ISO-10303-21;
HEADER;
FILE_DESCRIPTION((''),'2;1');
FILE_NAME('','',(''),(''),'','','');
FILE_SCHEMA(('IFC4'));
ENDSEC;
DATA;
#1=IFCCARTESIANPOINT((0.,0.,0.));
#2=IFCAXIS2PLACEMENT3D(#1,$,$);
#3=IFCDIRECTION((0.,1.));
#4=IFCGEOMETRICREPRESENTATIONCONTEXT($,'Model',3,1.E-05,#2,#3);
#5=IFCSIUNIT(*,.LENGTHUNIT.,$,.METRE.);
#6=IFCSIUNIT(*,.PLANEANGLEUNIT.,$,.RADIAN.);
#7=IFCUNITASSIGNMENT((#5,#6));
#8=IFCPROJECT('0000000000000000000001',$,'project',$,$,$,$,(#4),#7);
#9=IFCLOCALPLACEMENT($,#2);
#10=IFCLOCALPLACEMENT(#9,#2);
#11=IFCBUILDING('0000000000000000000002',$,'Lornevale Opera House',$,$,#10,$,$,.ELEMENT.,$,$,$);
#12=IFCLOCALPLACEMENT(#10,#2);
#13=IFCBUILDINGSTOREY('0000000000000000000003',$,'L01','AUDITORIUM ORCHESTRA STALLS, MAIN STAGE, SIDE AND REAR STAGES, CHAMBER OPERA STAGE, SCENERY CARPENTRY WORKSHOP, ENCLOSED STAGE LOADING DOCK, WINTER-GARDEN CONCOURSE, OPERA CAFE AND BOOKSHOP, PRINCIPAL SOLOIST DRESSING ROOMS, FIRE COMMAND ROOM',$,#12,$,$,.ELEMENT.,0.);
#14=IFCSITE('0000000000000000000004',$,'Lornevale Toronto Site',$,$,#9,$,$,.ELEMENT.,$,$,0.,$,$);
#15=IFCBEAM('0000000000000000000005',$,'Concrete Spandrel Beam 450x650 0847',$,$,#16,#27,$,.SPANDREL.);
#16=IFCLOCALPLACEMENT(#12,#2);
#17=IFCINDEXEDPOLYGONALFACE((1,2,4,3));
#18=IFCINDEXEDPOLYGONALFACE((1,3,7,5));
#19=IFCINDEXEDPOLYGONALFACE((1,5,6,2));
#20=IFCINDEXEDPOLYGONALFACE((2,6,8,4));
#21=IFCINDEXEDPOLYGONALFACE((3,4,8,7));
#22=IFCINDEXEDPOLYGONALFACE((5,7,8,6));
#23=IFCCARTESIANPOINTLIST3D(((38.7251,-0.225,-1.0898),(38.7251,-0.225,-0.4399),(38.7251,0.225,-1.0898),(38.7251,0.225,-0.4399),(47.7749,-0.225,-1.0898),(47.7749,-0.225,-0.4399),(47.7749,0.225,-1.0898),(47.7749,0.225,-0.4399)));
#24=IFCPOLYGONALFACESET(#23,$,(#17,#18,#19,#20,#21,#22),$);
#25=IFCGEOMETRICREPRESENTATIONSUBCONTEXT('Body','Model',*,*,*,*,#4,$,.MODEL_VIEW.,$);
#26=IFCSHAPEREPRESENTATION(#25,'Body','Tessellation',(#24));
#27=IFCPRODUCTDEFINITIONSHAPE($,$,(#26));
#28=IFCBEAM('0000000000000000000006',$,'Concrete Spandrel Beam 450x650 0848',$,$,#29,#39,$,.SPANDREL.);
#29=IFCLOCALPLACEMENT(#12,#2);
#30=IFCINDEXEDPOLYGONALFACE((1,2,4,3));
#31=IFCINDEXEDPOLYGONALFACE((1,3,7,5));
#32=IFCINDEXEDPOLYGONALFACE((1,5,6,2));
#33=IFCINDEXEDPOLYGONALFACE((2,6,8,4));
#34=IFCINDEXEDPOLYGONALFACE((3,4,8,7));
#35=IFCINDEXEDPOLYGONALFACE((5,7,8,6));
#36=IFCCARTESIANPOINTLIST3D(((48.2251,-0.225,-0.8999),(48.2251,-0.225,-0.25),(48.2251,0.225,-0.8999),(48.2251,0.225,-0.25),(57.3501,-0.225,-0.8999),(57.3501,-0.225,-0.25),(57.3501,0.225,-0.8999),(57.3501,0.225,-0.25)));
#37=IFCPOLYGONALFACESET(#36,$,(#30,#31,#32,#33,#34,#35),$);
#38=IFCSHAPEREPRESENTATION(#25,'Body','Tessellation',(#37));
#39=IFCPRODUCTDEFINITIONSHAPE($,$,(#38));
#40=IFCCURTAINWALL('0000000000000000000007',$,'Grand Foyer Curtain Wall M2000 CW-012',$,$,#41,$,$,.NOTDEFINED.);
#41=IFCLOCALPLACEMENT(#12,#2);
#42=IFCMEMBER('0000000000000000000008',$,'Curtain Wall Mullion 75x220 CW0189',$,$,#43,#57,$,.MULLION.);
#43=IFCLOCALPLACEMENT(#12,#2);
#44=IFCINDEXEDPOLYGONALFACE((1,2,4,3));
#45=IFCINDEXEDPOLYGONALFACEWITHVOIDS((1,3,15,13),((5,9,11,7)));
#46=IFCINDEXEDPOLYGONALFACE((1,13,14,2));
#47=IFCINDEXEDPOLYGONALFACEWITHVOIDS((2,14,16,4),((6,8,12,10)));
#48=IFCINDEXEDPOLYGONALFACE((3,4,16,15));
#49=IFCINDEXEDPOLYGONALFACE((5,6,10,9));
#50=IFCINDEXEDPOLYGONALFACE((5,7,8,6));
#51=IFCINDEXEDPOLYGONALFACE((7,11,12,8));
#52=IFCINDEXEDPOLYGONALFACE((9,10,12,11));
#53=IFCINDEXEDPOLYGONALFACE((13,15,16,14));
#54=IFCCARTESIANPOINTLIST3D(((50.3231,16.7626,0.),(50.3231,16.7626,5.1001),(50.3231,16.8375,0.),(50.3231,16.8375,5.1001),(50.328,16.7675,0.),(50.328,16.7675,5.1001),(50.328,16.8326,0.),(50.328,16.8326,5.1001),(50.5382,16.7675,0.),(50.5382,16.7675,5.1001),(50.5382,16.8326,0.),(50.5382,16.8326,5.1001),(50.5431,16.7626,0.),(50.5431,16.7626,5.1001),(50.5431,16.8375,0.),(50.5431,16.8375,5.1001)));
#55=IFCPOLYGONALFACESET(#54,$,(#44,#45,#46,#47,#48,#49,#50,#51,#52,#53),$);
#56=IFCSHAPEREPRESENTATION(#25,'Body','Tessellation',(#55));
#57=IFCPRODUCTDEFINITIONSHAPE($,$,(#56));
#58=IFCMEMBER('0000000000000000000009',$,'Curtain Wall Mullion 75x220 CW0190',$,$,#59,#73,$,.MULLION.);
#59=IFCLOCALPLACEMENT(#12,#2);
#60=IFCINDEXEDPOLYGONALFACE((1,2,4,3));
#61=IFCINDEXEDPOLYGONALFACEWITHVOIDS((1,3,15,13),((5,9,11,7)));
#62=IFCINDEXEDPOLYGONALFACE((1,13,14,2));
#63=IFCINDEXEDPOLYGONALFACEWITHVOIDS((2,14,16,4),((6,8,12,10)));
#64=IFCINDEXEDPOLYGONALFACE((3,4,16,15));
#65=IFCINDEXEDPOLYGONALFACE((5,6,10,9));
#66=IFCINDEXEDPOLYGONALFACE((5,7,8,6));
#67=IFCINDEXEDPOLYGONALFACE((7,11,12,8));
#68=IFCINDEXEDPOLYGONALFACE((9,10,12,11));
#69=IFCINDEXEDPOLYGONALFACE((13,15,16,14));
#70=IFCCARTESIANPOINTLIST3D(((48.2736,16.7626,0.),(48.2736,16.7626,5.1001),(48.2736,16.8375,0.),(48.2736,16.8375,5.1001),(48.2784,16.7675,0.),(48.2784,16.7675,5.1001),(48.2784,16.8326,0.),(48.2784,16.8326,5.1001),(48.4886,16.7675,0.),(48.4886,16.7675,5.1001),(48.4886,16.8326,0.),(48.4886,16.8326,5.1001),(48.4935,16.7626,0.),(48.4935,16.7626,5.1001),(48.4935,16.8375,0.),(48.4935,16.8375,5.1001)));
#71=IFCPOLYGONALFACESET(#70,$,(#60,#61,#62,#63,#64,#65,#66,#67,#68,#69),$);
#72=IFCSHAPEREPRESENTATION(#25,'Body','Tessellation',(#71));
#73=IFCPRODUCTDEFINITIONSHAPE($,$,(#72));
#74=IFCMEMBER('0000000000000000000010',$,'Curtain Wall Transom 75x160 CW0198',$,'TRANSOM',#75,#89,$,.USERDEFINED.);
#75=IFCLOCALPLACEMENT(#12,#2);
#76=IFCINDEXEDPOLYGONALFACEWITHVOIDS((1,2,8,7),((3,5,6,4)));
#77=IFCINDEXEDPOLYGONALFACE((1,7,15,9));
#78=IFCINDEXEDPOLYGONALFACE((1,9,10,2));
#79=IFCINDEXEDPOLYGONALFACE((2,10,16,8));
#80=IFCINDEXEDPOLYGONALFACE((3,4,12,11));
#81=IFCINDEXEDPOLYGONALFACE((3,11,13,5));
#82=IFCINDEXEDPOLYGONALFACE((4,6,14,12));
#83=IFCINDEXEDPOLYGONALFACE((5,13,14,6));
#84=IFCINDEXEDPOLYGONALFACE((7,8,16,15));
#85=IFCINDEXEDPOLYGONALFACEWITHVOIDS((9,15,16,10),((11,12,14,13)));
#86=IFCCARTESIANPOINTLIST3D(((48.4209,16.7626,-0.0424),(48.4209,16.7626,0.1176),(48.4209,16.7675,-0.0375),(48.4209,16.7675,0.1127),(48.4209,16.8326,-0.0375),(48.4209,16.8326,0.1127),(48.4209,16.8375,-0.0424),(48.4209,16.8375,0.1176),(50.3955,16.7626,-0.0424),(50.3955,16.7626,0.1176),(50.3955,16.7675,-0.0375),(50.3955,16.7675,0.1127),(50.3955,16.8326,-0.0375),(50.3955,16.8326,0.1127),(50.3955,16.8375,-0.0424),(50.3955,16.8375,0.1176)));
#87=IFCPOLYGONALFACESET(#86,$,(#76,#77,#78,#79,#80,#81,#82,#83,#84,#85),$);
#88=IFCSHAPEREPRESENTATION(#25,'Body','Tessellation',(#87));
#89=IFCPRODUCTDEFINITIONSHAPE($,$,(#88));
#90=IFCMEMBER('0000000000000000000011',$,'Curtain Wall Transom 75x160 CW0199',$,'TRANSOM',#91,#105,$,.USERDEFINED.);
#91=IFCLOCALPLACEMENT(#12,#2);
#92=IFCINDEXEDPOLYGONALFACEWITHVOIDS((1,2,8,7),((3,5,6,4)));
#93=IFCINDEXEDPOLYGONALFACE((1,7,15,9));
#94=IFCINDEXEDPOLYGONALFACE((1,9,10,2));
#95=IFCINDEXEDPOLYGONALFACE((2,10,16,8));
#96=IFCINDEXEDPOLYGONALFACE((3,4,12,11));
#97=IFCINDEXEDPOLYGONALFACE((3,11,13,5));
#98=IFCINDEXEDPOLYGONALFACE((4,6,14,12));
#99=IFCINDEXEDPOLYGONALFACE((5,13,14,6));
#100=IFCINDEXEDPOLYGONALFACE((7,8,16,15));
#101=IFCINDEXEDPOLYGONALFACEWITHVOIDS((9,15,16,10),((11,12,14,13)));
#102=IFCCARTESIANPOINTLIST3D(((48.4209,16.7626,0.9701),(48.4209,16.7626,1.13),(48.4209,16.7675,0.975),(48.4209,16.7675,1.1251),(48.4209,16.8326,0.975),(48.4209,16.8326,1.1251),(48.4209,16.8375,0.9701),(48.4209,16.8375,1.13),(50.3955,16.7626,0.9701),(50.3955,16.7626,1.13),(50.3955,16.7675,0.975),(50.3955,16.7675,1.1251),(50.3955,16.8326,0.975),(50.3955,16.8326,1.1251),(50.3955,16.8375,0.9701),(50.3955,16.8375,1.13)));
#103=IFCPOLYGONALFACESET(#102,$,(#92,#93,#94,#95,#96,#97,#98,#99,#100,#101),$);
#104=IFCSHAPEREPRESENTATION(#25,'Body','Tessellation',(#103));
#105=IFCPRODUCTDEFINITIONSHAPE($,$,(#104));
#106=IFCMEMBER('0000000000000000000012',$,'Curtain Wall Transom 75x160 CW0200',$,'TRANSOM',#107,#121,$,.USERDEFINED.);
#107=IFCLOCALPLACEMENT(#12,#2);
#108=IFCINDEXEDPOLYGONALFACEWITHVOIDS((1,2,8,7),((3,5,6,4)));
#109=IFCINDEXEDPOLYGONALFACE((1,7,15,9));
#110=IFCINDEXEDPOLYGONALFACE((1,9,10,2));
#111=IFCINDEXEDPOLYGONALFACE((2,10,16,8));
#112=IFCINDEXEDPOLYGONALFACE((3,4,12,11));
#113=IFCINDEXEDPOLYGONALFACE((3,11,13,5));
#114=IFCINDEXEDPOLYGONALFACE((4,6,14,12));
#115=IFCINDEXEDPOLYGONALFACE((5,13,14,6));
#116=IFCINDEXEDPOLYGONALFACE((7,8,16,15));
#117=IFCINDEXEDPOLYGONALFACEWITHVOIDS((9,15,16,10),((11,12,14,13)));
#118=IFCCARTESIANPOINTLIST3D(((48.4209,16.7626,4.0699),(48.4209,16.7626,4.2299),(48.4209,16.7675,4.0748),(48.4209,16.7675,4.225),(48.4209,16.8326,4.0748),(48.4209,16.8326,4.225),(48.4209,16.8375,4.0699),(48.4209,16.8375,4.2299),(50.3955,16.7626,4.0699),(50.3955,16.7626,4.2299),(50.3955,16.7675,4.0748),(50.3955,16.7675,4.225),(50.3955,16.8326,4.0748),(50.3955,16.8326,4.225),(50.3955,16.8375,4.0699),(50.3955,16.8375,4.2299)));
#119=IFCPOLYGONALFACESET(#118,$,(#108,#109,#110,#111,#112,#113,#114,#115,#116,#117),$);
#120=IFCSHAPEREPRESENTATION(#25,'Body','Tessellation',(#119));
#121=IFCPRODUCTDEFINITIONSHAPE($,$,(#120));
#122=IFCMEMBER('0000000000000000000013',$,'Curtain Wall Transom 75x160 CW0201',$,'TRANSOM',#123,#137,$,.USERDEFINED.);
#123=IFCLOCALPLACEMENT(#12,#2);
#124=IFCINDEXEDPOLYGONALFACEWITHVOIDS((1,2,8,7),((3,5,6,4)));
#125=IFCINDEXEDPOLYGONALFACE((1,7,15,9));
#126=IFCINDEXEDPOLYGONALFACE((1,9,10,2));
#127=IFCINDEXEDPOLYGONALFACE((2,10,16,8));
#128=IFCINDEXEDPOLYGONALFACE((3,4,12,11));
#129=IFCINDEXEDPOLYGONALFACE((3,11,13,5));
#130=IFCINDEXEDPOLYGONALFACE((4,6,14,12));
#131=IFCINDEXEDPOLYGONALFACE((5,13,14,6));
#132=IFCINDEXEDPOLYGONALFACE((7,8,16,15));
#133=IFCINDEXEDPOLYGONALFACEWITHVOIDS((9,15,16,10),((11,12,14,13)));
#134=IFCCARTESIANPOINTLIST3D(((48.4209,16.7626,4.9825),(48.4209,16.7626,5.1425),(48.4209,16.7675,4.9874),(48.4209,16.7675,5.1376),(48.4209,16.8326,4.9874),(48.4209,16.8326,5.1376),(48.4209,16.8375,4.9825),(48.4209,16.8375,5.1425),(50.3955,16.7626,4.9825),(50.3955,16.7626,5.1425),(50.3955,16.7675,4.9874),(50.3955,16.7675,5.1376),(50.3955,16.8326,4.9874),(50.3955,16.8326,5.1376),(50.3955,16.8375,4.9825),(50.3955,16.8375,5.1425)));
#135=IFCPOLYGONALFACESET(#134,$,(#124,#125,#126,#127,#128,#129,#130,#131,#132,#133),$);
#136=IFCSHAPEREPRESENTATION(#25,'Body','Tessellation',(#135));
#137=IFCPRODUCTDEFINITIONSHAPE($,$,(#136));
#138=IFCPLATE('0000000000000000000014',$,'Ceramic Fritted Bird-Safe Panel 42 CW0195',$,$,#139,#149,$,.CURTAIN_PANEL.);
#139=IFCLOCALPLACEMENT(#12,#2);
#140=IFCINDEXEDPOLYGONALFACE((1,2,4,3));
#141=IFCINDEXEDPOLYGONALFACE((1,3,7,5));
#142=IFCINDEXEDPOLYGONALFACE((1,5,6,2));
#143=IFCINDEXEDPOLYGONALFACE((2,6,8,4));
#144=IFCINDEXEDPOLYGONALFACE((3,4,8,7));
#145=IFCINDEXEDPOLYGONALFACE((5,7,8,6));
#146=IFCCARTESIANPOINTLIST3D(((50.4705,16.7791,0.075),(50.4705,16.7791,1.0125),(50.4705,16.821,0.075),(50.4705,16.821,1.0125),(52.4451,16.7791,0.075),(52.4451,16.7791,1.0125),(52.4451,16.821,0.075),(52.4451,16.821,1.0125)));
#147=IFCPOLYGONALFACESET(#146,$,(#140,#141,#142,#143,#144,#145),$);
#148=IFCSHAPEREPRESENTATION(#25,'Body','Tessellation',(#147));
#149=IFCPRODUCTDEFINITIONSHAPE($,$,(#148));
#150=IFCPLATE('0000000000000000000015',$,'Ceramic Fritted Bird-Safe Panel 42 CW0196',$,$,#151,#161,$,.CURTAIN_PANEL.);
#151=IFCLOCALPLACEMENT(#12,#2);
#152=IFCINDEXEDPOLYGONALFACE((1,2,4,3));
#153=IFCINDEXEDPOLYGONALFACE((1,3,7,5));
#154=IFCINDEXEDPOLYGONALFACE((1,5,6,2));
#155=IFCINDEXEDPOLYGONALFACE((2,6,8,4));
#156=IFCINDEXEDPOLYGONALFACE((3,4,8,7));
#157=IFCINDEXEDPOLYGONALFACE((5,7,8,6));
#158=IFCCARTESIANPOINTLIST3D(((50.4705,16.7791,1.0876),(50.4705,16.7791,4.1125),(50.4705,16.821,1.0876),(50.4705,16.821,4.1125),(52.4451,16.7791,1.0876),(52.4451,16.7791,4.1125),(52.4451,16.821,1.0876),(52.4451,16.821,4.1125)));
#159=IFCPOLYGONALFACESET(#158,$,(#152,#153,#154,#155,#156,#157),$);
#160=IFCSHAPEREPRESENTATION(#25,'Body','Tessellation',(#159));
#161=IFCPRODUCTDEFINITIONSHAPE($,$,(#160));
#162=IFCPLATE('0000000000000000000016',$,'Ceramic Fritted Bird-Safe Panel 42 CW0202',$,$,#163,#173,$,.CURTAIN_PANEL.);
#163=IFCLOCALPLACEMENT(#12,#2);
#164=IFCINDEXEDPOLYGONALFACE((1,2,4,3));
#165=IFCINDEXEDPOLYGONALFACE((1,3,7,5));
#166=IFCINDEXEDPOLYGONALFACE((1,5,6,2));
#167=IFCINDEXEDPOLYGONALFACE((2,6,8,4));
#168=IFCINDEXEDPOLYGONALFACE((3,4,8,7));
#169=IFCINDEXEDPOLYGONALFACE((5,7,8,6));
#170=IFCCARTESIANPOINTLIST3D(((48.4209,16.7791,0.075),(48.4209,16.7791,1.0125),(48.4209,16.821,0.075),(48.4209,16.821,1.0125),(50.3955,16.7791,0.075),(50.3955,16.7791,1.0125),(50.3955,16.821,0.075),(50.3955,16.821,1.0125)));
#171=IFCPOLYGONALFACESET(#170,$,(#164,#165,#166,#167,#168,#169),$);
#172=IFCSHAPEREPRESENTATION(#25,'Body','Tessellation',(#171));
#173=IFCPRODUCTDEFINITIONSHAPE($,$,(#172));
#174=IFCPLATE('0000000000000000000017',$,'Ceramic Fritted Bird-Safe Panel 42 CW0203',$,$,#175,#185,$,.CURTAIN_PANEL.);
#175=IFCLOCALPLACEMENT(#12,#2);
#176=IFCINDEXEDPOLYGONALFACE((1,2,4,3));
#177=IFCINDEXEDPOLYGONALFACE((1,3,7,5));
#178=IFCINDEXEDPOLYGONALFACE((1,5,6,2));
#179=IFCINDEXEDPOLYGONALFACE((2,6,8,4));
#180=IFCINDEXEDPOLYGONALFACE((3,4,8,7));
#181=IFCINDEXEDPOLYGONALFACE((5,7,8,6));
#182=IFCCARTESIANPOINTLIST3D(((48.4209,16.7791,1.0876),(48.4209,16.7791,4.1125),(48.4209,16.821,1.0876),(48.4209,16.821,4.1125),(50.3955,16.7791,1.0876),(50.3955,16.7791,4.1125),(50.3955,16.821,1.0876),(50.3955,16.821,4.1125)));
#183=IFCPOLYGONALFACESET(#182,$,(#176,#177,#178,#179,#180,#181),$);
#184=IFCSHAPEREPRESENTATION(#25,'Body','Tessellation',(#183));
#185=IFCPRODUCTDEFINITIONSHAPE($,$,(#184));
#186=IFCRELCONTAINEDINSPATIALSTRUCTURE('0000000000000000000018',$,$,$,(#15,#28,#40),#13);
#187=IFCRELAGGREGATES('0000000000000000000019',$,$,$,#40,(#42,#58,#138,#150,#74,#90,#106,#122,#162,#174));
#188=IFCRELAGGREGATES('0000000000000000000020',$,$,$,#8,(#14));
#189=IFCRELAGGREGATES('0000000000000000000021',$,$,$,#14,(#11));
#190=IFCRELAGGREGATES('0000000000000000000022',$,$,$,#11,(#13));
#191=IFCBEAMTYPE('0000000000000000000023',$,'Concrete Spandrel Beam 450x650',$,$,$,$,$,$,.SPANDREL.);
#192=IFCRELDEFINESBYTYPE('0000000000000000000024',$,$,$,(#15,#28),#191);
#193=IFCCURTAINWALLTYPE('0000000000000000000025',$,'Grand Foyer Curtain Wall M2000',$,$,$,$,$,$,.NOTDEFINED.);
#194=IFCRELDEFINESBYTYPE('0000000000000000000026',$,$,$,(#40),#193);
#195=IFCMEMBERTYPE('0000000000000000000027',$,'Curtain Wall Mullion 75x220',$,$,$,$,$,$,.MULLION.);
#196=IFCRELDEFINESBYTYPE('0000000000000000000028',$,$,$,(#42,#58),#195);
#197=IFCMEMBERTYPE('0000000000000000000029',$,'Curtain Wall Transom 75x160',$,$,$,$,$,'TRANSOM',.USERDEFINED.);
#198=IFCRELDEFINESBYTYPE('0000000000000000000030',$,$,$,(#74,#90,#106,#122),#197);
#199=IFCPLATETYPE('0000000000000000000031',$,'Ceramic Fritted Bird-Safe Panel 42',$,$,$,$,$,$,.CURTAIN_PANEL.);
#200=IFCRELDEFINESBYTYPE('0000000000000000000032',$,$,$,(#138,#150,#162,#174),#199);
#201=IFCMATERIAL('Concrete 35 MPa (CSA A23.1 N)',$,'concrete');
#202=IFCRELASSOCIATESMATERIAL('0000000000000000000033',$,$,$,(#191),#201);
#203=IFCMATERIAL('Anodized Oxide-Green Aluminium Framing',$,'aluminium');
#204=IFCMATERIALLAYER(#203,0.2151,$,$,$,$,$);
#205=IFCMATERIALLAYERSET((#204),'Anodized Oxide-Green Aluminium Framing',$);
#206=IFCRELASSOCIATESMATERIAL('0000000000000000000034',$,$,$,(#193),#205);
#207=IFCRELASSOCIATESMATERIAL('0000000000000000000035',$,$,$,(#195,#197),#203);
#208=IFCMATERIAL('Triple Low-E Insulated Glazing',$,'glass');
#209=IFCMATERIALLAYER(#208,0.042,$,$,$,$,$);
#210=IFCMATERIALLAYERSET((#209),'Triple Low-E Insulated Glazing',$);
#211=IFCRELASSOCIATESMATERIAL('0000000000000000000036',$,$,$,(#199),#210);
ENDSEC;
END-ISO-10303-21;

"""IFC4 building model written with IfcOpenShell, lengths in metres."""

from ifc_helpers import new_model, si_unit, direction, frame, origin, origin_2d, place, context, subcontext, project, spatial, rectangle, hollow_rectangle, extrude, material, layer, layer_set, material_profile, profile_set, type_object, element, aggregate, save


model = new_model("IFC4")

# Units and contexts
model_context = context("Model", 3, precision=1e-05, world=origin(), true_north=direction((0.0, 1.0)))
body_context = subcontext(model_context, "Body", "Model", "MODEL_VIEW")
ifc_project = project(units=[si_unit("LENGTHUNIT", "METRE"), si_unit("PLANEANGLEUNIT", "RADIAN")], contexts=[model_context])

# Site, building, storey
site_placement = place(None, origin())
site = spatial("IfcSite", under=ifc_project, at=site_placement, Name="Lornevale Toronto Site", CompositionType="ELEMENT", RefElevation=0.0)
building_placement = place(site_placement, origin())
building = spatial("IfcBuilding", under=site, at=building_placement, Name="Lornevale Opera House", CompositionType="ELEMENT")
storey_placement = place(building_placement, origin())
storey = spatial("IfcBuildingStorey", under=building, at=storey_placement, Name="L01", Description="AUDITORIUM ORCHESTRA STALLS, MAIN STAGE, SIDE AND REAR STAGES, CHAMBER OPERA STAGE, SCENERY CARPENTRY WORKSHOP, ENCLOSED STAGE LOADING DOCK, WINTER-GARDEN CONCOURSE, OPERA CAFE AND BOOKSHOP, PRINCIPAL SOLOIST DRESSING ROOMS, FIRE COMMAND ROOM", CompositionType="ELEMENT", Elevation=0.0)

# Beams
ifc_material_1 = material(Name="Concrete 35 MPa (CSA A23.1 N)", Category="concrete")
ifc_material_profile_1 = material_profile(ifc_material_1, rectangle(XDim=0.45, YDim=0.6499, at=origin_2d()), Name="RC450x650")
ifc_profile_set_1 = profile_set([ifc_material_profile_1], Name="Concrete 35 MPa (CSA A23.1 N)")
beam_type_1 = type_object("IfcBeamType", Name="Concrete Spandrel Beam 450x650", PredefinedType="SPANDREL", material=ifc_profile_set_1)
beam_1_placement = place(storey_placement, frame((38.7251, 0.0, -0.7649), z_axis=(1.0, 0.0, 0.0), x_axis=(0.0, 1.0, 0.0)))
element("IfcBeam", 1, at=beam_1_placement, inside=storey, type_object=beam_type_1, Name="Concrete Spandrel Beam 450x650 0847", PredefinedType="SPANDREL", context=body_context, shape_type="SweptSolid", body=[
    extrude(rectangle(XDim=0.45, YDim=0.6499, at=origin_2d()), origin(), (0.0, 0.0, 1.0), 9.0498),
])
beam_2_placement = place(storey_placement, frame((48.2251, 0.0, -0.575), z_axis=(1.0, 0.0, 0.0), x_axis=(0.0, 1.0, 0.0)))
element("IfcBeam", 2, at=beam_2_placement, inside=storey, type_object=beam_type_1, Name="Concrete Spandrel Beam 450x650 0848", PredefinedType="SPANDREL", context=body_context, shape_type="SweptSolid", body=[
    extrude(rectangle(XDim=0.45, YDim=0.6499, at=origin_2d()), origin(), (0.0, 0.0, 1.0), 9.125),
])

# Curtain wall, members, plates
ifc_material_2 = material(Name="Anodized Oxide-Green Aluminium Framing", Category="aluminium")
ifc_layer_1 = layer(ifc_material_2, 0.2151)
ifc_layer_set_1 = layer_set([ifc_layer_1], Name="Anodized Oxide-Green Aluminium Framing")
curtain_wall_type = type_object("IfcCurtainWallType", Name="Grand Foyer Curtain Wall M2000", PredefinedType="NOTDEFINED", material=ifc_layer_set_1)
curtain_wall_placement = place(storey_placement, origin())
curtain_wall = element("IfcCurtainWall", 3, at=curtain_wall_placement, inside=storey, type_object=curtain_wall_type, Name="Grand Foyer Curtain Wall M2000 CW-012", PredefinedType="NOTDEFINED")
ifc_material_profile_2 = material_profile(ifc_material_2, hollow_rectangle(XDim=0.075, YDim=0.22, WallThickness=0.0049, at=origin_2d()), Name="ALU75x220x5")
ifc_profile_set_2 = profile_set([ifc_material_profile_2], Name="Anodized Oxide-Green Aluminium Framing")
member_type_1 = type_object("IfcMemberType", Name="Curtain Wall Mullion 75x220", PredefinedType="MULLION", material=ifc_profile_set_2)
member_1_placement = place(storey_placement, frame((50.4331, 16.8, 0.0), z_axis=(0.0, 0.0, 1.0), x_axis=(0.0, -1.0, 0.0)))
member_1 = element("IfcMember", 4, at=member_1_placement, type_object=member_type_1, Name="Curtain Wall Mullion 75x220 CW0189", PredefinedType="MULLION", context=body_context, shape_type="SweptSolid", body=[
    extrude(hollow_rectangle(XDim=0.075, YDim=0.22, WallThickness=0.0049, at=origin_2d()), origin(), (0.0, 0.0, 1.0), 5.1001),
])
member_2_placement = place(storey_placement, frame((48.3835, 16.8, 0.0), z_axis=(0.0, 0.0, 1.0), x_axis=(0.0, -1.0, 0.0)))
member_2 = element("IfcMember", 5, at=member_2_placement, type_object=member_type_1, Name="Curtain Wall Mullion 75x220 CW0190", PredefinedType="MULLION", context=body_context, shape_type="SweptSolid", body=[
    extrude(hollow_rectangle(XDim=0.075, YDim=0.22, WallThickness=0.0049, at=origin_2d()), origin(), (0.0, 0.0, 1.0), 5.1001),
])
ifc_material_profile_3 = material_profile(ifc_material_2, hollow_rectangle(XDim=0.075, YDim=0.1599, WallThickness=0.0049, at=origin_2d()), Name="ALU75x160x5")
ifc_profile_set_3 = profile_set([ifc_material_profile_3], Name="Anodized Oxide-Green Aluminium Framing")
member_type_2 = type_object("IfcMemberType", Name="Curtain Wall Transom 75x160", ElementType="TRANSOM", PredefinedType="USERDEFINED", material=ifc_profile_set_3)
member_3_placement = place(storey_placement, frame((50.3955, 16.8, 0.0376), z_axis=(-1.0, 0.0, 0.0), x_axis=(0.0, -1.0, 0.0)))
member_3 = element("IfcMember", 6, at=member_3_placement, type_object=member_type_2, Name="Curtain Wall Transom 75x160 CW0198", ObjectType="TRANSOM", PredefinedType="USERDEFINED", context=body_context, shape_type="SweptSolid", body=[
    extrude(hollow_rectangle(XDim=0.075, YDim=0.1599, WallThickness=0.0049, at=origin_2d()), origin(), (0.0, 0.0, 1.0), 1.9746),
])
member_4_placement = place(storey_placement, frame((50.3955, 16.8, 1.05), z_axis=(-1.0, 0.0, 0.0), x_axis=(0.0, -1.0, 0.0)))
member_4 = element("IfcMember", 7, at=member_4_placement, type_object=member_type_2, Name="Curtain Wall Transom 75x160 CW0199", ObjectType="TRANSOM", PredefinedType="USERDEFINED", context=body_context, shape_type="SweptSolid", body=[
    extrude(hollow_rectangle(XDim=0.075, YDim=0.1599, WallThickness=0.0049, at=origin_2d()), origin(), (0.0, 0.0, 1.0), 1.9746),
])
member_5_placement = place(storey_placement, frame((50.3955, 16.8, 4.1499), z_axis=(-1.0, 0.0, 0.0), x_axis=(0.0, -1.0, 0.0)))
member_5 = element("IfcMember", 8, at=member_5_placement, type_object=member_type_2, Name="Curtain Wall Transom 75x160 CW0200", ObjectType="TRANSOM", PredefinedType="USERDEFINED", context=body_context, shape_type="SweptSolid", body=[
    extrude(hollow_rectangle(XDim=0.075, YDim=0.1599, WallThickness=0.0049, at=origin_2d()), origin(), (0.0, 0.0, 1.0), 1.9746),
])
member_6_placement = place(storey_placement, frame((50.3955, 16.8, 5.0625), z_axis=(-1.0, 0.0, 0.0), x_axis=(0.0, -1.0, 0.0)))
member_6 = element("IfcMember", 9, at=member_6_placement, type_object=member_type_2, Name="Curtain Wall Transom 75x160 CW0201", ObjectType="TRANSOM", PredefinedType="USERDEFINED", context=body_context, shape_type="SweptSolid", body=[
    extrude(hollow_rectangle(XDim=0.075, YDim=0.1599, WallThickness=0.0049, at=origin_2d()), origin(), (0.0, 0.0, 1.0), 1.9746),
])
ifc_material_3 = material(Name="Triple Low-E Insulated Glazing", Category="glass")
ifc_layer_2 = layer(ifc_material_3, 0.042)
ifc_layer_set_2 = layer_set([ifc_layer_2], Name="Triple Low-E Insulated Glazing")
plate_type = type_object("IfcPlateType", Name="Ceramic Fritted Bird-Safe Panel 42", PredefinedType="CURTAIN_PANEL", material=ifc_layer_set_2)
plate_1_placement = place(storey_placement, frame((51.4578, 16.8, 0.075), z_axis=(0.0, 0.0, 1.0), x_axis=(-1.0, 0.0, 0.0)))
plate_1 = element("IfcPlate", 10, at=plate_1_placement, type_object=plate_type, Name="Ceramic Fritted Bird-Safe Panel 42 CW0195", PredefinedType="CURTAIN_PANEL", context=body_context, shape_type="SweptSolid", body=[
    extrude(rectangle(XDim=1.9746, YDim=0.042, at=origin_2d()), origin(), (0.0, 0.0, 1.0), 0.9375),
])
plate_2_placement = place(storey_placement, frame((51.4578, 16.8, 1.0876), z_axis=(0.0, 0.0, 1.0), x_axis=(-1.0, 0.0, 0.0)))
plate_2 = element("IfcPlate", 11, at=plate_2_placement, type_object=plate_type, Name="Ceramic Fritted Bird-Safe Panel 42 CW0196", PredefinedType="CURTAIN_PANEL", context=body_context, shape_type="SweptSolid", body=[
    extrude(rectangle(XDim=1.9746, YDim=0.042, at=origin_2d()), origin(), (0.0, 0.0, 1.0), 3.0249),
])
plate_3_placement = place(storey_placement, frame((49.4082, 16.8, 0.075), z_axis=(0.0, 0.0, 1.0), x_axis=(-1.0, 0.0, 0.0)))
plate_3 = element("IfcPlate", 12, at=plate_3_placement, type_object=plate_type, Name="Ceramic Fritted Bird-Safe Panel 42 CW0202", PredefinedType="CURTAIN_PANEL", context=body_context, shape_type="SweptSolid", body=[
    extrude(rectangle(XDim=1.9746, YDim=0.042, at=origin_2d()), origin(), (0.0, 0.0, 1.0), 0.9375),
])
plate_4_placement = place(storey_placement, frame((49.4082, 16.8, 1.0876), z_axis=(0.0, 0.0, 1.0), x_axis=(-1.0, 0.0, 0.0)))
plate_4 = element("IfcPlate", 13, at=plate_4_placement, type_object=plate_type, Name="Ceramic Fritted Bird-Safe Panel 42 CW0203", PredefinedType="CURTAIN_PANEL", context=body_context, shape_type="SweptSolid", body=[
    extrude(rectangle(XDim=1.9746, YDim=0.042, at=origin_2d()), origin(), (0.0, 0.0, 1.0), 3.0249),
])
aggregate(curtain_wall, [member_1, member_2, plate_1, plate_2, member_3, member_4, member_5, member_6, plate_3, plate_4])

save(model, "model.ifc")
